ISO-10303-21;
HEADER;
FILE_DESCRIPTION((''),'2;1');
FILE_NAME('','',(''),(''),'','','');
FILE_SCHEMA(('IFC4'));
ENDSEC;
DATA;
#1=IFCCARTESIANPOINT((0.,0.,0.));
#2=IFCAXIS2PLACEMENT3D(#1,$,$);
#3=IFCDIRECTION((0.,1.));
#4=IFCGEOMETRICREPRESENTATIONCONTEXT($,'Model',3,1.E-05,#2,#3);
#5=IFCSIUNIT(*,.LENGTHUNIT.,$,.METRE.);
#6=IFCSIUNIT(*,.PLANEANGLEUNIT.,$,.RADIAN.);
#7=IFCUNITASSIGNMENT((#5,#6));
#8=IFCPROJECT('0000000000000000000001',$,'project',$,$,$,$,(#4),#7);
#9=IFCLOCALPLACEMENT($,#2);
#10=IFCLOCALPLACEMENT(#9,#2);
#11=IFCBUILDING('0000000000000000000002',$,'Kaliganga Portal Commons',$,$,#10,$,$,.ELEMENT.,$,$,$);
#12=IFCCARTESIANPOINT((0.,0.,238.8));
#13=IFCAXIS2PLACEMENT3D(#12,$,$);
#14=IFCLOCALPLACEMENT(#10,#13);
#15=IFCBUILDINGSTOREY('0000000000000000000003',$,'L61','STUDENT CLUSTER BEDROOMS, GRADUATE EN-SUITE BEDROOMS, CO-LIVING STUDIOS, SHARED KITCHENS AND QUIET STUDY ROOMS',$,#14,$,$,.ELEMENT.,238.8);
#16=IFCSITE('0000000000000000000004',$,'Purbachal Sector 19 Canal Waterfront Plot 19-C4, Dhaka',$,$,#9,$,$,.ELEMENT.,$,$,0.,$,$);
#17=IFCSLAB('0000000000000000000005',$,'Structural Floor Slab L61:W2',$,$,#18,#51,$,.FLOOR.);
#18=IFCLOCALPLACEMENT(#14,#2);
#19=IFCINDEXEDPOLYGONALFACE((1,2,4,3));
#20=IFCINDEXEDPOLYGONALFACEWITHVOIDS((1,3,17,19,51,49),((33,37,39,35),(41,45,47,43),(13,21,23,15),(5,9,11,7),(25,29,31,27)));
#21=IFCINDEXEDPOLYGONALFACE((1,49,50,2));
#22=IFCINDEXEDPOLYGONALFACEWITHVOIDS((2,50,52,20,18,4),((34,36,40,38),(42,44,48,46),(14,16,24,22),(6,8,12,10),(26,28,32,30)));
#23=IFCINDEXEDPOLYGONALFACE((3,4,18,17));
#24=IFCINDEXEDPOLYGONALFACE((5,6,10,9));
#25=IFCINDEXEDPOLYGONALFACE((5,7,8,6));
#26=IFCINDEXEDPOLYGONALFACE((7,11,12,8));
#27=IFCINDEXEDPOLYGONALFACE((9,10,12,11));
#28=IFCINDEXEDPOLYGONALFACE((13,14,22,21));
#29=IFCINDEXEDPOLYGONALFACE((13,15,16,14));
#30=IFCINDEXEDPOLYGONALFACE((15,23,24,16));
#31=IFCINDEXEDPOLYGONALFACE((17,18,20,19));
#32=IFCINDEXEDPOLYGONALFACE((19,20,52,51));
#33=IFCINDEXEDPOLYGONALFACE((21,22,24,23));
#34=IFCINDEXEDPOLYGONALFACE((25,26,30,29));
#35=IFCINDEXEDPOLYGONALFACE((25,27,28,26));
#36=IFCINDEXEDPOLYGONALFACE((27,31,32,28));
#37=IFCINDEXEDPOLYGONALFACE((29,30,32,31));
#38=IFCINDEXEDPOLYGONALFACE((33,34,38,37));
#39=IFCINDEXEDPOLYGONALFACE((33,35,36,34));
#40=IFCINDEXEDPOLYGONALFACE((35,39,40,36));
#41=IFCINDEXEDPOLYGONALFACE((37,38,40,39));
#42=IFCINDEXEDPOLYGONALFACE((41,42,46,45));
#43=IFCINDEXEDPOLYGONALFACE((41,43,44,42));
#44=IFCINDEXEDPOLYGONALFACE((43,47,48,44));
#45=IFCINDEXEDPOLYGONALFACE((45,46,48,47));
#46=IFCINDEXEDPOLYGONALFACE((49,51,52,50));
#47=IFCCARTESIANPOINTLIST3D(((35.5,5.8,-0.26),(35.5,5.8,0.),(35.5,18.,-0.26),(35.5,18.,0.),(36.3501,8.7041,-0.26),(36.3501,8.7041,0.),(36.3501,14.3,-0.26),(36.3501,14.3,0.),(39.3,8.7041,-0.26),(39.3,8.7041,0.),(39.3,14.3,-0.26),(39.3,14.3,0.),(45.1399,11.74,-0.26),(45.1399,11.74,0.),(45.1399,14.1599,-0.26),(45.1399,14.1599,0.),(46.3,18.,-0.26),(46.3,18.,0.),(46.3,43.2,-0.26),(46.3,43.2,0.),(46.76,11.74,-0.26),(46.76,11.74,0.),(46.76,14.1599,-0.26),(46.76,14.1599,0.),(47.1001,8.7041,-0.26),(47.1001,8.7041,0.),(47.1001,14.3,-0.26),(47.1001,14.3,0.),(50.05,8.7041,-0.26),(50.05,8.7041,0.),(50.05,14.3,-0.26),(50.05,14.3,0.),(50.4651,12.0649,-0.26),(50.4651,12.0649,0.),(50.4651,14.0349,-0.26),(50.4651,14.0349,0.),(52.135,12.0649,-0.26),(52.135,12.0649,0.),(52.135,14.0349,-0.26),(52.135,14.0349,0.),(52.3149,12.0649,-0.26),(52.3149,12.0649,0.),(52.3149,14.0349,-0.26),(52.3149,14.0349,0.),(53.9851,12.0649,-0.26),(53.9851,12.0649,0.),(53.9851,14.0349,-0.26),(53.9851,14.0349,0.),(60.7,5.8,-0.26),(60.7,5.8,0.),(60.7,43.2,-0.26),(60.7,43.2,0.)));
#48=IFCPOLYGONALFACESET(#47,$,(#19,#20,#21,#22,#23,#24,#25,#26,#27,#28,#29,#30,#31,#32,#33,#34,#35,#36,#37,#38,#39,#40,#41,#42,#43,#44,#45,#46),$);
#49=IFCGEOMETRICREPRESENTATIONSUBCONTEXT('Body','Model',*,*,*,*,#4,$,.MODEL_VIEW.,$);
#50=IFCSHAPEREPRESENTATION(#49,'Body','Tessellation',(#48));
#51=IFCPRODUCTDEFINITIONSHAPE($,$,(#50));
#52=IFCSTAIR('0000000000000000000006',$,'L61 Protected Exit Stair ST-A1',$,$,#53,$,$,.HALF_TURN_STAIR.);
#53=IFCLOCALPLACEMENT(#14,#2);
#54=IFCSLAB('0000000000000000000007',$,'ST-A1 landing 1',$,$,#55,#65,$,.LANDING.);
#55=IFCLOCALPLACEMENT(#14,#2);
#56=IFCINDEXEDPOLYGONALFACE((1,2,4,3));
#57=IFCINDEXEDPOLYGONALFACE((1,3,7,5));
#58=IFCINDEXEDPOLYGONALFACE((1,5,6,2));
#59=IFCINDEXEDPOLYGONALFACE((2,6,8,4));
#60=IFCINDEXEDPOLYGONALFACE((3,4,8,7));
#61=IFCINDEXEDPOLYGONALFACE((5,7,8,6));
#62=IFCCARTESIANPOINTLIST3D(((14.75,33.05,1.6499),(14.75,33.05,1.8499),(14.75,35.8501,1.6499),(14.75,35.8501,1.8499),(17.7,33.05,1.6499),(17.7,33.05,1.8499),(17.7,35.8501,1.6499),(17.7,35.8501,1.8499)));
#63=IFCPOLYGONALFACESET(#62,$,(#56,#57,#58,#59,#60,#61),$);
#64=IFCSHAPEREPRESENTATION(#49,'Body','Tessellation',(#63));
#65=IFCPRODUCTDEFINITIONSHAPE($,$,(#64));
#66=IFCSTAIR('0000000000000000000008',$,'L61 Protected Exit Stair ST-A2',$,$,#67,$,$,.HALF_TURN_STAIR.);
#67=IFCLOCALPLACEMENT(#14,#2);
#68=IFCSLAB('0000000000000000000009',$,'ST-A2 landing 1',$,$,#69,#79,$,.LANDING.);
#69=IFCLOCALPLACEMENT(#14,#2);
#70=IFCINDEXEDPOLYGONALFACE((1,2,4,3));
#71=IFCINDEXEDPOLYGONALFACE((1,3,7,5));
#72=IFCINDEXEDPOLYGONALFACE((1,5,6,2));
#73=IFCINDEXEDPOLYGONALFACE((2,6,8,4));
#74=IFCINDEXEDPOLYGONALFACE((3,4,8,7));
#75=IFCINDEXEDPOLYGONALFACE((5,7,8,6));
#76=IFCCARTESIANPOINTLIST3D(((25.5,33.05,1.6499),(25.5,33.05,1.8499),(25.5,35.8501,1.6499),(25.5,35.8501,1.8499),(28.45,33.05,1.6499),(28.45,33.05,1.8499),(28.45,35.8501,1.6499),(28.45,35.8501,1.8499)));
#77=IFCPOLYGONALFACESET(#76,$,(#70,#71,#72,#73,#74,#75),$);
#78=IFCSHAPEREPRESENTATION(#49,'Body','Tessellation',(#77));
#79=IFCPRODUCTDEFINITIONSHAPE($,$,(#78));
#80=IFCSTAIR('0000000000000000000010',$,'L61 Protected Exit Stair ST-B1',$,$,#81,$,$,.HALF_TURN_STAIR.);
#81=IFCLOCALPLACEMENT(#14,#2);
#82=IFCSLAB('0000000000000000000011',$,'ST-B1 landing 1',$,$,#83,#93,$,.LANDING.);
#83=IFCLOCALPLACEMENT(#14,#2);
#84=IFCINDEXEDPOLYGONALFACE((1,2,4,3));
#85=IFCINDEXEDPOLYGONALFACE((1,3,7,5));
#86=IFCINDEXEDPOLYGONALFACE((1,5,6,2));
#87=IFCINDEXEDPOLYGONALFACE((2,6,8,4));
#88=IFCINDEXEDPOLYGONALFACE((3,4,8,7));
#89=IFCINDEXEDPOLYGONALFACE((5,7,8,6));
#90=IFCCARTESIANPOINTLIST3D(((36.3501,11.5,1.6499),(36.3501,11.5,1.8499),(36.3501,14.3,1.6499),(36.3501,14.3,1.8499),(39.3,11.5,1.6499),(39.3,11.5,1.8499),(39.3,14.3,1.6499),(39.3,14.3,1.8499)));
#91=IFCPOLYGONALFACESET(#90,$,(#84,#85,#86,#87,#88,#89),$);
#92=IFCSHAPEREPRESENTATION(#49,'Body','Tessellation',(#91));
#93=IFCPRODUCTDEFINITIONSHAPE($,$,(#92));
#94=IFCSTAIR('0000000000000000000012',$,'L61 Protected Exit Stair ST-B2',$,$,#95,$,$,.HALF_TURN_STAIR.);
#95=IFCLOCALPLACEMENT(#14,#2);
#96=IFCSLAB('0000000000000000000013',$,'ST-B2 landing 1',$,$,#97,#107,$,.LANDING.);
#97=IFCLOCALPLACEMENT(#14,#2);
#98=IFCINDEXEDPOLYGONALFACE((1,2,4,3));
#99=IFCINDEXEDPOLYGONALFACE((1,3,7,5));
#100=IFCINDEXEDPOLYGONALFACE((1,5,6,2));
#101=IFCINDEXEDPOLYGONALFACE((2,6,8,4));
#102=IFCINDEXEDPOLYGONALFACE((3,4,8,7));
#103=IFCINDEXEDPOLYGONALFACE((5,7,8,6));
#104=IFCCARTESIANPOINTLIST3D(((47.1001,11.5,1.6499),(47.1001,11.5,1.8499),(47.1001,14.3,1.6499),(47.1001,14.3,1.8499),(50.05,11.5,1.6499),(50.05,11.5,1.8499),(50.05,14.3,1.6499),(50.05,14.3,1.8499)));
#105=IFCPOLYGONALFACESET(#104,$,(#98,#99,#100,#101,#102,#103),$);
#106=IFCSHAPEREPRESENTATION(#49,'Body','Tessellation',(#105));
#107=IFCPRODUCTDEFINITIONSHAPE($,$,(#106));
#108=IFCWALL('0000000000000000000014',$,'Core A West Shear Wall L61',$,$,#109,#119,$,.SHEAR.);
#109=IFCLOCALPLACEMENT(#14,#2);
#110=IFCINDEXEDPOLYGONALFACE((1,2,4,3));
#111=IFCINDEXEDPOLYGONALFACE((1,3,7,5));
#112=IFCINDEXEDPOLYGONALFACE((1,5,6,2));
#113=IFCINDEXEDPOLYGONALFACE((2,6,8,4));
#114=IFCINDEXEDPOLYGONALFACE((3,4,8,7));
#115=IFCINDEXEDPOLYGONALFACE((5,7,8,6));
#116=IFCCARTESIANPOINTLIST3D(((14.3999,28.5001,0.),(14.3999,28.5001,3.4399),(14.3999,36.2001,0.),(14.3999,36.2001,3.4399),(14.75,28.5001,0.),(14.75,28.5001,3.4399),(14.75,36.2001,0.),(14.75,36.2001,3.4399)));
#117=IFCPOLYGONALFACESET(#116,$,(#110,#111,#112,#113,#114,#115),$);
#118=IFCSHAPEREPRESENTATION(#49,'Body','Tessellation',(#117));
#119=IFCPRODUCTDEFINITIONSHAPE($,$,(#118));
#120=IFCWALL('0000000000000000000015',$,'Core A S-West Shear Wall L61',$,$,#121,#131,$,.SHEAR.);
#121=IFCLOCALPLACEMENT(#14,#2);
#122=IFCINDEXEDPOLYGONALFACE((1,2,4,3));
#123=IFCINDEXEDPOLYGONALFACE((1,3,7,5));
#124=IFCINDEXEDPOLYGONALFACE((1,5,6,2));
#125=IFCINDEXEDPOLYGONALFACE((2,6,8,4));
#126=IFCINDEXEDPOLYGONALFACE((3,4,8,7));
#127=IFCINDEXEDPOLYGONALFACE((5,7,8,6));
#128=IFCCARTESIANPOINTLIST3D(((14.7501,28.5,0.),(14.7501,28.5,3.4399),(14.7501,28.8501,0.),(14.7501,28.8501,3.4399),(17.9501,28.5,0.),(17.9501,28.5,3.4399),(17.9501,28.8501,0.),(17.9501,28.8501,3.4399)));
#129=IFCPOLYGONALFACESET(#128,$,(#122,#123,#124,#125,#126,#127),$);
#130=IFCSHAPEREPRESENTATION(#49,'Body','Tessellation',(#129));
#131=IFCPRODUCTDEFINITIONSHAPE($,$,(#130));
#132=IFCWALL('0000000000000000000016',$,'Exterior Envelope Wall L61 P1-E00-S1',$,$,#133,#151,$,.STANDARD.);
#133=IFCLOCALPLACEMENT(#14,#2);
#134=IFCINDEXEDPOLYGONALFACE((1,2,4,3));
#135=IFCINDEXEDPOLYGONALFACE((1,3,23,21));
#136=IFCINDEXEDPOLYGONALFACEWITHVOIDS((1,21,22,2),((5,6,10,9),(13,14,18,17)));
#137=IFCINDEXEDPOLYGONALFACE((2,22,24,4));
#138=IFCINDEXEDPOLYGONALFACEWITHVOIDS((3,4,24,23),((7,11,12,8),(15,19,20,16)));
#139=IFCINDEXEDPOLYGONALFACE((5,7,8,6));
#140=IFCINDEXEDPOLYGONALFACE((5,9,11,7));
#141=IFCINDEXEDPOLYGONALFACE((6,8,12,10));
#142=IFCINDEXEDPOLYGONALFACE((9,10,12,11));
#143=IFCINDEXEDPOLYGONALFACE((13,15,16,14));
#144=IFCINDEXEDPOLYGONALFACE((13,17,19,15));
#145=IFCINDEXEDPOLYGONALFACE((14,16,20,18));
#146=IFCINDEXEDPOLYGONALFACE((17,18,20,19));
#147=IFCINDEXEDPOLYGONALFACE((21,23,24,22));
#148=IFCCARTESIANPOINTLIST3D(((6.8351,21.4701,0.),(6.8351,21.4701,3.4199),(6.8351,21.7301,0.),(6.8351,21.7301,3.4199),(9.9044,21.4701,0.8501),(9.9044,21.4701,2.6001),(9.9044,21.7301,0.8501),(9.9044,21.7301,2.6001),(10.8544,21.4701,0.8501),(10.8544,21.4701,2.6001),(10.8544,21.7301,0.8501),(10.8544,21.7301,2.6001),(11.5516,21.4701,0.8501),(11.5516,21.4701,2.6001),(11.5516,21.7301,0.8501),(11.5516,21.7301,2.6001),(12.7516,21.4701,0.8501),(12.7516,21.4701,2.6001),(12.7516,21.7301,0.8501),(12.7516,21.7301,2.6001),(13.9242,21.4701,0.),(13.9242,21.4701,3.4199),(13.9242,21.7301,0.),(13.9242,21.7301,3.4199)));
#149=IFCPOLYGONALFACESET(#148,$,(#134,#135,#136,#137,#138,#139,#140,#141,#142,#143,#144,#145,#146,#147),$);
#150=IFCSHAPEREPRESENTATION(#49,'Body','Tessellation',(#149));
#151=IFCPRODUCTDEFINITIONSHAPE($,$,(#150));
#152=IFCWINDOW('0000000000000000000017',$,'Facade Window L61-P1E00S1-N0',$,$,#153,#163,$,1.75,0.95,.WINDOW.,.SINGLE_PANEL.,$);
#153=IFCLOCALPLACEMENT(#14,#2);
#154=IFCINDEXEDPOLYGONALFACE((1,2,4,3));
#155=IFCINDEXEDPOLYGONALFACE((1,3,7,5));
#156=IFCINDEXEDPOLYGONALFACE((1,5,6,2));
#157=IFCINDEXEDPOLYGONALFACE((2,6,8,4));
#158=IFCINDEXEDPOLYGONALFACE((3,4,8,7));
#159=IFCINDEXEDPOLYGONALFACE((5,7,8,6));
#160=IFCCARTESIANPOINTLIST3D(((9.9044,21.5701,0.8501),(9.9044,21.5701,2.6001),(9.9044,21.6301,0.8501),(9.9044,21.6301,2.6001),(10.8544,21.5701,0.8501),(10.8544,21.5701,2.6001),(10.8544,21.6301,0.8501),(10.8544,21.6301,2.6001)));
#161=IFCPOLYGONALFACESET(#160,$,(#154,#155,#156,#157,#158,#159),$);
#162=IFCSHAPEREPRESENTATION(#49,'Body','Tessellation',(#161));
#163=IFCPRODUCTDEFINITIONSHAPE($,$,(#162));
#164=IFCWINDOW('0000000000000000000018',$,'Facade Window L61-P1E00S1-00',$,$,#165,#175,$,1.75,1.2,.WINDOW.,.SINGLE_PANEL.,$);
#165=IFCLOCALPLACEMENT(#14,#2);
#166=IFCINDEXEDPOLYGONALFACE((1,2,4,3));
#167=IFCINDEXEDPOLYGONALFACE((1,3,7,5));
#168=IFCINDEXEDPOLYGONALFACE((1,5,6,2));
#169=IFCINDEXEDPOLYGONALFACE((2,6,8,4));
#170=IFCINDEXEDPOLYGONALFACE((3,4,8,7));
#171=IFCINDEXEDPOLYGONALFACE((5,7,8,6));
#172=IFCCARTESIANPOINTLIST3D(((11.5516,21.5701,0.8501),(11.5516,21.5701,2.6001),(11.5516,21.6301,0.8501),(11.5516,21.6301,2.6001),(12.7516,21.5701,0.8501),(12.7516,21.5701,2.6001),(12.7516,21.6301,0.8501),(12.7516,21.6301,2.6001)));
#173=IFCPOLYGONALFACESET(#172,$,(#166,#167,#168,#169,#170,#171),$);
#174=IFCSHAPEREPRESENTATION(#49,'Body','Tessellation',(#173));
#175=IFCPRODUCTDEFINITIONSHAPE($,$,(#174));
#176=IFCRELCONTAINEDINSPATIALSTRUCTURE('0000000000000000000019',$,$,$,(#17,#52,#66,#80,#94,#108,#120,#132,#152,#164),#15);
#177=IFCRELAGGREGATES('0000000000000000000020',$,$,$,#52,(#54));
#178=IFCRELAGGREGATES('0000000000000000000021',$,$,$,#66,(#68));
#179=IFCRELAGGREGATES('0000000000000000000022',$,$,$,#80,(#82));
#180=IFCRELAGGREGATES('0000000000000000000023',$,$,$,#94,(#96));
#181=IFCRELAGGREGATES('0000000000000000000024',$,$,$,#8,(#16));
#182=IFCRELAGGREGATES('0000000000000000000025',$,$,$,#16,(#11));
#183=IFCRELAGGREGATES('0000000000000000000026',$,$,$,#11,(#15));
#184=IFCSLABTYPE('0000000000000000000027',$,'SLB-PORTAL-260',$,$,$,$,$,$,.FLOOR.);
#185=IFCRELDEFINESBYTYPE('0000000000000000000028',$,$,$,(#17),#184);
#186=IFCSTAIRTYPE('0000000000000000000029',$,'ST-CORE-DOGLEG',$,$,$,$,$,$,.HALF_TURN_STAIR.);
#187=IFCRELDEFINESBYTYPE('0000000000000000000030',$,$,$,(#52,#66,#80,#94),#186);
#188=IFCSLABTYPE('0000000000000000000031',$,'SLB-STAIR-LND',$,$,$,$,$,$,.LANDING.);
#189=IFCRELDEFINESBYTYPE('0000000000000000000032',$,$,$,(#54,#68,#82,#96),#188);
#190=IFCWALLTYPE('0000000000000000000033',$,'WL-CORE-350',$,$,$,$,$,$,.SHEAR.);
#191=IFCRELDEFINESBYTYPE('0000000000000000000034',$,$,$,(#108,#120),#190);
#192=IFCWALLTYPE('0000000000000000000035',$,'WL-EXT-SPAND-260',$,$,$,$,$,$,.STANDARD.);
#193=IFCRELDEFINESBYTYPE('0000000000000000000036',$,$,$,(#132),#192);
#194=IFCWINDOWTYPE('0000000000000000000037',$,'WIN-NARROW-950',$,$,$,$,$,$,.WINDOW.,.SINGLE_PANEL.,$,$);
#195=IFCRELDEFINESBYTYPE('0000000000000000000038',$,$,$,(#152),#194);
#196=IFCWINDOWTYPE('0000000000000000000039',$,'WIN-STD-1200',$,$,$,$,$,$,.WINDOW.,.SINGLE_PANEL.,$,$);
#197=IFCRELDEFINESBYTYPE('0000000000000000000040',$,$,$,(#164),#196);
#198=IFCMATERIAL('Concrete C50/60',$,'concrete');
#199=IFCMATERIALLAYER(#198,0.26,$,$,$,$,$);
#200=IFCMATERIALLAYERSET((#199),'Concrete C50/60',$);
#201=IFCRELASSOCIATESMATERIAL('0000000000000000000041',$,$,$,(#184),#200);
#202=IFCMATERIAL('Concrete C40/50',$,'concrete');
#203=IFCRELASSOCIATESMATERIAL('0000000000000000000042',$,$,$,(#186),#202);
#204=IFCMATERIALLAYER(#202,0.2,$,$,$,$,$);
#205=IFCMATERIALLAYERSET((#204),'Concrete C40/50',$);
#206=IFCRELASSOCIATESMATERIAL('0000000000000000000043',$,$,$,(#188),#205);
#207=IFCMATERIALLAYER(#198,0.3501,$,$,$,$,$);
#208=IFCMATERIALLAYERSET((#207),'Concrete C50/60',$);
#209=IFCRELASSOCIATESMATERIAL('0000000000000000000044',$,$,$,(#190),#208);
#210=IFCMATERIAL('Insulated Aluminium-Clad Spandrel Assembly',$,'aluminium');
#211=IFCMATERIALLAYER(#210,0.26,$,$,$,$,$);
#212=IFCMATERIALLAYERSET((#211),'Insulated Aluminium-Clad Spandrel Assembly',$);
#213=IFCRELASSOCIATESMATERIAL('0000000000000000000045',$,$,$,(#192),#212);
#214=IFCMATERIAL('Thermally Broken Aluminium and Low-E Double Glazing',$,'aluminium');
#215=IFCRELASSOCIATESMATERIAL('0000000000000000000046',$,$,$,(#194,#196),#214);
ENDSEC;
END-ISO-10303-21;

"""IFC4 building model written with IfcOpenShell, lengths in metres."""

from ifc_helpers import new_model, si_unit, direction, frame, frame_2d, origin, place, context, subcontext, project, spatial, polyline, rectangle, outline, extrude, material, layer, layer_set, type_object, element, fill, aggregate, save


model = new_model("IFC4")

# Units and contexts
model_context = context("Model", 3, precision=1e-05, world=origin(), true_north=direction((0.0, 1.0)))
body_context = subcontext(model_context, "Body", "Model", "MODEL_VIEW")
ifc_project = project(units=[si_unit("LENGTHUNIT", "METRE"), si_unit("PLANEANGLEUNIT", "RADIAN")], contexts=[model_context])

# Site, building, storey
site_placement = place(None, origin())
site = spatial("IfcSite", under=ifc_project, at=site_placement, Name="Purbachal Sector 19 Canal Waterfront Plot 19-C4, Dhaka", CompositionType="ELEMENT", RefElevation=0.0)
building_placement = place(site_placement, origin())
building = spatial("IfcBuilding", under=site, at=building_placement, Name="Kaliganga Portal Commons", CompositionType="ELEMENT")
storey_placement = place(building_placement, frame((0.0, 0.0, 238.8)))
storey = spatial("IfcBuildingStorey", under=building, at=storey_placement, Name="L61", Description="STUDENT CLUSTER BEDROOMS, GRADUATE EN-SUITE BEDROOMS, CO-LIVING STUDIOS, SHARED KITCHENS AND QUIET STUDY ROOMS", CompositionType="ELEMENT", Elevation=238.8)

# Shared definitions
ifc_material_1 = material(Name="Concrete C50/60", Category="concrete")

# Slab
ifc_material_2 = material(Name="Concrete C40/50", Category="concrete")
ifc_layer_1 = layer(ifc_material_1, 0.26)
ifc_layer_set_1 = layer_set([ifc_layer_1], Name="Concrete C50/60")
slab_type_1 = type_object("IfcSlabType", Name="SLB-PORTAL-260", PredefinedType="FLOOR", material=ifc_layer_set_1)
slab_1_placement = place(storey_placement, frame((0.0, 0.0, -0.26)))
element("IfcSlab", 1, at=slab_1_placement, inside=storey, type_object=slab_type_1, Name="Structural Floor Slab L61:W2", PredefinedType="FLOOR", context=body_context, shape_type="SweptSolid", body=[
    extrude(outline(polyline([(35.5, 5.8), (60.7, 5.8), (60.7, 43.2), (46.3, 43.2), (46.3, 18.0), (35.5, 18.0), (35.5, 5.8)]), holes=[polyline([(36.3501, 8.7041), (36.3501, 14.3), (39.3, 14.3), (39.3, 8.7041), (36.3501, 8.7041)]), polyline([(47.1001, 8.7041), (47.1001, 14.3), (50.05, 14.3), (50.05, 8.7041), (47.1001, 8.7041)]), polyline([(50.4651, 12.0649), (50.4651, 14.0349), (52.135, 14.0349), (52.135, 12.0649), (50.4651, 12.0649)]), polyline([(52.3149, 12.0649), (52.3149, 14.0349), (53.9851, 14.0349), (53.9851, 12.0649), (52.3149, 12.0649)]), polyline([(45.1399, 11.74), (45.1399, 14.1599), (46.76, 14.1599), (46.76, 11.74), (45.1399, 11.74)])]), origin(), (0.0, 0.0, 1.0), 0.26),
])

# Stairs, slabs
stair_type = type_object("IfcStairType", Name="ST-CORE-DOGLEG", PredefinedType="HALF_TURN_STAIR", material=ifc_material_2)
stair_1_placement = place(storey_placement, origin())
stair_1 = element("IfcStair", 2, at=stair_1_placement, inside=storey, type_object=stair_type, Name="L61 Protected Exit Stair ST-A1", PredefinedType="HALF_TURN_STAIR")
ifc_layer_2 = layer(ifc_material_2, 0.2)
ifc_layer_set_2 = layer_set([ifc_layer_2], Name="Concrete C40/50")
slab_type_2 = type_object("IfcSlabType", Name="SLB-STAIR-LND", PredefinedType="LANDING", material=ifc_layer_set_2)
slab_2_placement = place(storey_placement, frame((0.0, 0.0, 1.6499)))
slab_2 = element("IfcSlab", 3, at=slab_2_placement, type_object=slab_type_2, Name="ST-A1 landing 1", PredefinedType="LANDING", context=body_context, shape_type="SweptSolid", body=[
    extrude(outline(polyline([(17.7, 33.05), (17.7, 35.8501), (14.75, 35.8501), (14.75, 33.05), (17.7, 33.05)])), origin(), (0.0, 0.0, 1.0), 0.2),
])
aggregate(stair_1, [slab_2])
stair_2_placement = place(storey_placement, origin())
stair_2 = element("IfcStair", 4, at=stair_2_placement, inside=storey, type_object=stair_type, Name="L61 Protected Exit Stair ST-A2", PredefinedType="HALF_TURN_STAIR")
slab_3_placement = place(storey_placement, frame((0.0, 0.0, 1.6499)))
slab_3 = element("IfcSlab", 5, at=slab_3_placement, type_object=slab_type_2, Name="ST-A2 landing 1", PredefinedType="LANDING", context=body_context, shape_type="SweptSolid", body=[
    extrude(outline(polyline([(28.45, 33.05), (28.45, 35.8501), (25.5, 35.8501), (25.5, 33.05), (28.45, 33.05)])), origin(), (0.0, 0.0, 1.0), 0.2),
])
aggregate(stair_2, [slab_3])
stair_3_placement = place(storey_placement, origin())
stair_3 = element("IfcStair", 6, at=stair_3_placement, inside=storey, type_object=stair_type, Name="L61 Protected Exit Stair ST-B1", PredefinedType="HALF_TURN_STAIR")
slab_4_placement = place(storey_placement, frame((0.0, 0.0, 1.6499)))
slab_4 = element("IfcSlab", 7, at=slab_4_placement, type_object=slab_type_2, Name="ST-B1 landing 1", PredefinedType="LANDING", context=body_context, shape_type="SweptSolid", body=[
    extrude(outline(polyline([(39.3, 11.5), (39.3, 14.3), (36.3501, 14.3), (36.3501, 11.5), (39.3, 11.5)])), origin(), (0.0, 0.0, 1.0), 0.2),
])
aggregate(stair_3, [slab_4])
stair_4_placement = place(storey_placement, origin())
stair_4 = element("IfcStair", 8, at=stair_4_placement, inside=storey, type_object=stair_type, Name="L61 Protected Exit Stair ST-B2", PredefinedType="HALF_TURN_STAIR")
slab_5_placement = place(storey_placement, frame((0.0, 0.0, 1.6499)))
slab_5 = element("IfcSlab", 9, at=slab_5_placement, type_object=slab_type_2, Name="ST-B2 landing 1", PredefinedType="LANDING", context=body_context, shape_type="SweptSolid", body=[
    extrude(outline(polyline([(50.05, 11.5), (50.05, 14.3), (47.1001, 14.3), (47.1001, 11.5), (50.05, 11.5)])), origin(), (0.0, 0.0, 1.0), 0.2),
])
aggregate(stair_4, [slab_5])

# Walls
ifc_layer_3 = layer(ifc_material_1, 0.3501)
ifc_layer_set_3 = layer_set([ifc_layer_3], Name="Concrete C50/60")
wall_type_1 = type_object("IfcWallType", Name="WL-CORE-350", PredefinedType="SHEAR", material=ifc_layer_set_3)
wall_1_placement = place(storey_placement, frame((14.575, 28.5, 0.0), z_axis=(0.0, 0.0, 1.0), x_axis=(0.0, 1.0, 0.0)))
element("IfcWall", 10, at=wall_1_placement, inside=storey, type_object=wall_type_1, Name="Core A West Shear Wall L61", PredefinedType="SHEAR", context=body_context, shape_type="SweptSolid", body=[
    extrude(rectangle(XDim=7.7, YDim=0.3501, at=frame_2d((3.8501, 0.0))), origin(), (0.0, 0.0, 1.0), 3.4399),
])
wall_2_placement = place(storey_placement, frame((14.75, 28.675, 0.0), z_axis=(0.0, 0.0, 1.0), x_axis=(1.0, 0.0, 0.0)))
element("IfcWall", 11, at=wall_2_placement, inside=storey, type_object=wall_type_1, Name="Core A S-West Shear Wall L61", PredefinedType="SHEAR", context=body_context, shape_type="SweptSolid", body=[
    extrude(rectangle(XDim=3.2, YDim=0.3501, at=frame_2d((1.6001, 0.0))), origin(), (0.0, 0.0, 1.0), 3.4399),
])

# Wall, openings, windows
ifc_material_3 = material(Name="Insulated Aluminium-Clad Spandrel Assembly", Category="aluminium")
ifc_layer_4 = layer(ifc_material_3, 0.26)
ifc_layer_set_4 = layer_set([ifc_layer_4], Name="Insulated Aluminium-Clad Spandrel Assembly")
wall_type_2 = type_object("IfcWallType", Name="WL-EXT-SPAND-260", PredefinedType="STANDARD", material=ifc_layer_set_4)
wall_3_placement = place(storey_placement, frame((13.9241, 21.6001, 0.0), z_axis=(0.0, 0.0, 1.0), x_axis=(-1.0, 0.0, 0.0)))
wall_3 = element("IfcWall", 12, at=wall_3_placement, inside=storey, type_object=wall_type_2, Name="Exterior Envelope Wall L61 P1-E00-S1", PredefinedType="STANDARD", context=body_context, shape_type="SweptSolid", body=[
    extrude(rectangle(XDim=7.0891, YDim=0.26, at=frame_2d((3.5444, 0.0))), origin(), (0.0, 0.0, 1.0), 3.4199),
])
opening_1_placement = place(wall_3_placement, frame((1.1724, 0.0, 0.8501)))
opening_1 = element("IfcOpeningElement", 13, at=opening_1_placement, cuts=wall_3, PredefinedType="OPENING", context=body_context, shape_type="SweptSolid", body=[
    extrude(rectangle(XDim=1.2, YDim=1.75, at=frame_2d((0.6001, 0.875))), frame((0.0, 0.1401, 0.0), z_axis=(0.0, -1.0, 0.0), x_axis=(1.0, 0.0, 0.0)), (0.0, 0.0, 1.0), 0.28),
])
opening_2_placement = place(wall_3_placement, frame((3.0696, 0.0, 0.8501)))
opening_2 = element("IfcOpeningElement", 14, at=opening_2_placement, cuts=wall_3, PredefinedType="OPENING", context=body_context, shape_type="SweptSolid", body=[
    extrude(rectangle(XDim=0.95, YDim=1.75, at=frame_2d((0.4751, 0.875))), frame((0.0, 0.1401, 0.0), z_axis=(0.0, -1.0, 0.0), x_axis=(1.0, 0.0, 0.0)), (0.0, 0.0, 1.0), 0.28),
])
ifc_material_4 = material(Name="Thermally Broken Aluminium and Low-E Double Glazing", Category="aluminium")
window_type_1 = type_object("IfcWindowType", Name="WIN-NARROW-950", PartitioningType="SINGLE_PANEL", PredefinedType="WINDOW", material=ifc_material_4)
window_1_placement = place(opening_2_placement, origin())
window_1 = element("IfcWindow", 15, at=window_1_placement, inside=storey, type_object=window_type_1, Name="Facade Window L61-P1E00S1-N0", OverallHeight=1.75, OverallWidth=0.95, PartitioningType="SINGLE_PANEL", PredefinedType="WINDOW", context=body_context, shape_type="SweptSolid", body=[
    extrude(rectangle(XDim=0.95, YDim=1.75, at=frame_2d((0.4751, 0.875))), frame((0.0, 0.03, 0.0), z_axis=(0.0, -1.0, 0.0), x_axis=(1.0, 0.0, 0.0)), (0.0, 0.0, 1.0), 0.0601),
])
fill(opening_2, window_1)
window_type_2 = type_object("IfcWindowType", Name="WIN-STD-1200", PartitioningType="SINGLE_PANEL", PredefinedType="WINDOW", material=ifc_material_4)
window_2_placement = place(opening_1_placement, origin())
window_2 = element("IfcWindow", 16, at=window_2_placement, inside=storey, type_object=window_type_2, Name="Facade Window L61-P1E00S1-00", OverallHeight=1.75, OverallWidth=1.2, PartitioningType="SINGLE_PANEL", PredefinedType="WINDOW", context=body_context, shape_type="SweptSolid", body=[
    extrude(rectangle(XDim=1.2, YDim=1.75, at=frame_2d((0.6001, 0.875))), frame((0.0, 0.03, 0.0), z_axis=(0.0, -1.0, 0.0), x_axis=(1.0, 0.0, 0.0)), (0.0, 0.0, 1.0), 0.0601),
])
fill(opening_1, window_2)

save(model, "model.ifc")
